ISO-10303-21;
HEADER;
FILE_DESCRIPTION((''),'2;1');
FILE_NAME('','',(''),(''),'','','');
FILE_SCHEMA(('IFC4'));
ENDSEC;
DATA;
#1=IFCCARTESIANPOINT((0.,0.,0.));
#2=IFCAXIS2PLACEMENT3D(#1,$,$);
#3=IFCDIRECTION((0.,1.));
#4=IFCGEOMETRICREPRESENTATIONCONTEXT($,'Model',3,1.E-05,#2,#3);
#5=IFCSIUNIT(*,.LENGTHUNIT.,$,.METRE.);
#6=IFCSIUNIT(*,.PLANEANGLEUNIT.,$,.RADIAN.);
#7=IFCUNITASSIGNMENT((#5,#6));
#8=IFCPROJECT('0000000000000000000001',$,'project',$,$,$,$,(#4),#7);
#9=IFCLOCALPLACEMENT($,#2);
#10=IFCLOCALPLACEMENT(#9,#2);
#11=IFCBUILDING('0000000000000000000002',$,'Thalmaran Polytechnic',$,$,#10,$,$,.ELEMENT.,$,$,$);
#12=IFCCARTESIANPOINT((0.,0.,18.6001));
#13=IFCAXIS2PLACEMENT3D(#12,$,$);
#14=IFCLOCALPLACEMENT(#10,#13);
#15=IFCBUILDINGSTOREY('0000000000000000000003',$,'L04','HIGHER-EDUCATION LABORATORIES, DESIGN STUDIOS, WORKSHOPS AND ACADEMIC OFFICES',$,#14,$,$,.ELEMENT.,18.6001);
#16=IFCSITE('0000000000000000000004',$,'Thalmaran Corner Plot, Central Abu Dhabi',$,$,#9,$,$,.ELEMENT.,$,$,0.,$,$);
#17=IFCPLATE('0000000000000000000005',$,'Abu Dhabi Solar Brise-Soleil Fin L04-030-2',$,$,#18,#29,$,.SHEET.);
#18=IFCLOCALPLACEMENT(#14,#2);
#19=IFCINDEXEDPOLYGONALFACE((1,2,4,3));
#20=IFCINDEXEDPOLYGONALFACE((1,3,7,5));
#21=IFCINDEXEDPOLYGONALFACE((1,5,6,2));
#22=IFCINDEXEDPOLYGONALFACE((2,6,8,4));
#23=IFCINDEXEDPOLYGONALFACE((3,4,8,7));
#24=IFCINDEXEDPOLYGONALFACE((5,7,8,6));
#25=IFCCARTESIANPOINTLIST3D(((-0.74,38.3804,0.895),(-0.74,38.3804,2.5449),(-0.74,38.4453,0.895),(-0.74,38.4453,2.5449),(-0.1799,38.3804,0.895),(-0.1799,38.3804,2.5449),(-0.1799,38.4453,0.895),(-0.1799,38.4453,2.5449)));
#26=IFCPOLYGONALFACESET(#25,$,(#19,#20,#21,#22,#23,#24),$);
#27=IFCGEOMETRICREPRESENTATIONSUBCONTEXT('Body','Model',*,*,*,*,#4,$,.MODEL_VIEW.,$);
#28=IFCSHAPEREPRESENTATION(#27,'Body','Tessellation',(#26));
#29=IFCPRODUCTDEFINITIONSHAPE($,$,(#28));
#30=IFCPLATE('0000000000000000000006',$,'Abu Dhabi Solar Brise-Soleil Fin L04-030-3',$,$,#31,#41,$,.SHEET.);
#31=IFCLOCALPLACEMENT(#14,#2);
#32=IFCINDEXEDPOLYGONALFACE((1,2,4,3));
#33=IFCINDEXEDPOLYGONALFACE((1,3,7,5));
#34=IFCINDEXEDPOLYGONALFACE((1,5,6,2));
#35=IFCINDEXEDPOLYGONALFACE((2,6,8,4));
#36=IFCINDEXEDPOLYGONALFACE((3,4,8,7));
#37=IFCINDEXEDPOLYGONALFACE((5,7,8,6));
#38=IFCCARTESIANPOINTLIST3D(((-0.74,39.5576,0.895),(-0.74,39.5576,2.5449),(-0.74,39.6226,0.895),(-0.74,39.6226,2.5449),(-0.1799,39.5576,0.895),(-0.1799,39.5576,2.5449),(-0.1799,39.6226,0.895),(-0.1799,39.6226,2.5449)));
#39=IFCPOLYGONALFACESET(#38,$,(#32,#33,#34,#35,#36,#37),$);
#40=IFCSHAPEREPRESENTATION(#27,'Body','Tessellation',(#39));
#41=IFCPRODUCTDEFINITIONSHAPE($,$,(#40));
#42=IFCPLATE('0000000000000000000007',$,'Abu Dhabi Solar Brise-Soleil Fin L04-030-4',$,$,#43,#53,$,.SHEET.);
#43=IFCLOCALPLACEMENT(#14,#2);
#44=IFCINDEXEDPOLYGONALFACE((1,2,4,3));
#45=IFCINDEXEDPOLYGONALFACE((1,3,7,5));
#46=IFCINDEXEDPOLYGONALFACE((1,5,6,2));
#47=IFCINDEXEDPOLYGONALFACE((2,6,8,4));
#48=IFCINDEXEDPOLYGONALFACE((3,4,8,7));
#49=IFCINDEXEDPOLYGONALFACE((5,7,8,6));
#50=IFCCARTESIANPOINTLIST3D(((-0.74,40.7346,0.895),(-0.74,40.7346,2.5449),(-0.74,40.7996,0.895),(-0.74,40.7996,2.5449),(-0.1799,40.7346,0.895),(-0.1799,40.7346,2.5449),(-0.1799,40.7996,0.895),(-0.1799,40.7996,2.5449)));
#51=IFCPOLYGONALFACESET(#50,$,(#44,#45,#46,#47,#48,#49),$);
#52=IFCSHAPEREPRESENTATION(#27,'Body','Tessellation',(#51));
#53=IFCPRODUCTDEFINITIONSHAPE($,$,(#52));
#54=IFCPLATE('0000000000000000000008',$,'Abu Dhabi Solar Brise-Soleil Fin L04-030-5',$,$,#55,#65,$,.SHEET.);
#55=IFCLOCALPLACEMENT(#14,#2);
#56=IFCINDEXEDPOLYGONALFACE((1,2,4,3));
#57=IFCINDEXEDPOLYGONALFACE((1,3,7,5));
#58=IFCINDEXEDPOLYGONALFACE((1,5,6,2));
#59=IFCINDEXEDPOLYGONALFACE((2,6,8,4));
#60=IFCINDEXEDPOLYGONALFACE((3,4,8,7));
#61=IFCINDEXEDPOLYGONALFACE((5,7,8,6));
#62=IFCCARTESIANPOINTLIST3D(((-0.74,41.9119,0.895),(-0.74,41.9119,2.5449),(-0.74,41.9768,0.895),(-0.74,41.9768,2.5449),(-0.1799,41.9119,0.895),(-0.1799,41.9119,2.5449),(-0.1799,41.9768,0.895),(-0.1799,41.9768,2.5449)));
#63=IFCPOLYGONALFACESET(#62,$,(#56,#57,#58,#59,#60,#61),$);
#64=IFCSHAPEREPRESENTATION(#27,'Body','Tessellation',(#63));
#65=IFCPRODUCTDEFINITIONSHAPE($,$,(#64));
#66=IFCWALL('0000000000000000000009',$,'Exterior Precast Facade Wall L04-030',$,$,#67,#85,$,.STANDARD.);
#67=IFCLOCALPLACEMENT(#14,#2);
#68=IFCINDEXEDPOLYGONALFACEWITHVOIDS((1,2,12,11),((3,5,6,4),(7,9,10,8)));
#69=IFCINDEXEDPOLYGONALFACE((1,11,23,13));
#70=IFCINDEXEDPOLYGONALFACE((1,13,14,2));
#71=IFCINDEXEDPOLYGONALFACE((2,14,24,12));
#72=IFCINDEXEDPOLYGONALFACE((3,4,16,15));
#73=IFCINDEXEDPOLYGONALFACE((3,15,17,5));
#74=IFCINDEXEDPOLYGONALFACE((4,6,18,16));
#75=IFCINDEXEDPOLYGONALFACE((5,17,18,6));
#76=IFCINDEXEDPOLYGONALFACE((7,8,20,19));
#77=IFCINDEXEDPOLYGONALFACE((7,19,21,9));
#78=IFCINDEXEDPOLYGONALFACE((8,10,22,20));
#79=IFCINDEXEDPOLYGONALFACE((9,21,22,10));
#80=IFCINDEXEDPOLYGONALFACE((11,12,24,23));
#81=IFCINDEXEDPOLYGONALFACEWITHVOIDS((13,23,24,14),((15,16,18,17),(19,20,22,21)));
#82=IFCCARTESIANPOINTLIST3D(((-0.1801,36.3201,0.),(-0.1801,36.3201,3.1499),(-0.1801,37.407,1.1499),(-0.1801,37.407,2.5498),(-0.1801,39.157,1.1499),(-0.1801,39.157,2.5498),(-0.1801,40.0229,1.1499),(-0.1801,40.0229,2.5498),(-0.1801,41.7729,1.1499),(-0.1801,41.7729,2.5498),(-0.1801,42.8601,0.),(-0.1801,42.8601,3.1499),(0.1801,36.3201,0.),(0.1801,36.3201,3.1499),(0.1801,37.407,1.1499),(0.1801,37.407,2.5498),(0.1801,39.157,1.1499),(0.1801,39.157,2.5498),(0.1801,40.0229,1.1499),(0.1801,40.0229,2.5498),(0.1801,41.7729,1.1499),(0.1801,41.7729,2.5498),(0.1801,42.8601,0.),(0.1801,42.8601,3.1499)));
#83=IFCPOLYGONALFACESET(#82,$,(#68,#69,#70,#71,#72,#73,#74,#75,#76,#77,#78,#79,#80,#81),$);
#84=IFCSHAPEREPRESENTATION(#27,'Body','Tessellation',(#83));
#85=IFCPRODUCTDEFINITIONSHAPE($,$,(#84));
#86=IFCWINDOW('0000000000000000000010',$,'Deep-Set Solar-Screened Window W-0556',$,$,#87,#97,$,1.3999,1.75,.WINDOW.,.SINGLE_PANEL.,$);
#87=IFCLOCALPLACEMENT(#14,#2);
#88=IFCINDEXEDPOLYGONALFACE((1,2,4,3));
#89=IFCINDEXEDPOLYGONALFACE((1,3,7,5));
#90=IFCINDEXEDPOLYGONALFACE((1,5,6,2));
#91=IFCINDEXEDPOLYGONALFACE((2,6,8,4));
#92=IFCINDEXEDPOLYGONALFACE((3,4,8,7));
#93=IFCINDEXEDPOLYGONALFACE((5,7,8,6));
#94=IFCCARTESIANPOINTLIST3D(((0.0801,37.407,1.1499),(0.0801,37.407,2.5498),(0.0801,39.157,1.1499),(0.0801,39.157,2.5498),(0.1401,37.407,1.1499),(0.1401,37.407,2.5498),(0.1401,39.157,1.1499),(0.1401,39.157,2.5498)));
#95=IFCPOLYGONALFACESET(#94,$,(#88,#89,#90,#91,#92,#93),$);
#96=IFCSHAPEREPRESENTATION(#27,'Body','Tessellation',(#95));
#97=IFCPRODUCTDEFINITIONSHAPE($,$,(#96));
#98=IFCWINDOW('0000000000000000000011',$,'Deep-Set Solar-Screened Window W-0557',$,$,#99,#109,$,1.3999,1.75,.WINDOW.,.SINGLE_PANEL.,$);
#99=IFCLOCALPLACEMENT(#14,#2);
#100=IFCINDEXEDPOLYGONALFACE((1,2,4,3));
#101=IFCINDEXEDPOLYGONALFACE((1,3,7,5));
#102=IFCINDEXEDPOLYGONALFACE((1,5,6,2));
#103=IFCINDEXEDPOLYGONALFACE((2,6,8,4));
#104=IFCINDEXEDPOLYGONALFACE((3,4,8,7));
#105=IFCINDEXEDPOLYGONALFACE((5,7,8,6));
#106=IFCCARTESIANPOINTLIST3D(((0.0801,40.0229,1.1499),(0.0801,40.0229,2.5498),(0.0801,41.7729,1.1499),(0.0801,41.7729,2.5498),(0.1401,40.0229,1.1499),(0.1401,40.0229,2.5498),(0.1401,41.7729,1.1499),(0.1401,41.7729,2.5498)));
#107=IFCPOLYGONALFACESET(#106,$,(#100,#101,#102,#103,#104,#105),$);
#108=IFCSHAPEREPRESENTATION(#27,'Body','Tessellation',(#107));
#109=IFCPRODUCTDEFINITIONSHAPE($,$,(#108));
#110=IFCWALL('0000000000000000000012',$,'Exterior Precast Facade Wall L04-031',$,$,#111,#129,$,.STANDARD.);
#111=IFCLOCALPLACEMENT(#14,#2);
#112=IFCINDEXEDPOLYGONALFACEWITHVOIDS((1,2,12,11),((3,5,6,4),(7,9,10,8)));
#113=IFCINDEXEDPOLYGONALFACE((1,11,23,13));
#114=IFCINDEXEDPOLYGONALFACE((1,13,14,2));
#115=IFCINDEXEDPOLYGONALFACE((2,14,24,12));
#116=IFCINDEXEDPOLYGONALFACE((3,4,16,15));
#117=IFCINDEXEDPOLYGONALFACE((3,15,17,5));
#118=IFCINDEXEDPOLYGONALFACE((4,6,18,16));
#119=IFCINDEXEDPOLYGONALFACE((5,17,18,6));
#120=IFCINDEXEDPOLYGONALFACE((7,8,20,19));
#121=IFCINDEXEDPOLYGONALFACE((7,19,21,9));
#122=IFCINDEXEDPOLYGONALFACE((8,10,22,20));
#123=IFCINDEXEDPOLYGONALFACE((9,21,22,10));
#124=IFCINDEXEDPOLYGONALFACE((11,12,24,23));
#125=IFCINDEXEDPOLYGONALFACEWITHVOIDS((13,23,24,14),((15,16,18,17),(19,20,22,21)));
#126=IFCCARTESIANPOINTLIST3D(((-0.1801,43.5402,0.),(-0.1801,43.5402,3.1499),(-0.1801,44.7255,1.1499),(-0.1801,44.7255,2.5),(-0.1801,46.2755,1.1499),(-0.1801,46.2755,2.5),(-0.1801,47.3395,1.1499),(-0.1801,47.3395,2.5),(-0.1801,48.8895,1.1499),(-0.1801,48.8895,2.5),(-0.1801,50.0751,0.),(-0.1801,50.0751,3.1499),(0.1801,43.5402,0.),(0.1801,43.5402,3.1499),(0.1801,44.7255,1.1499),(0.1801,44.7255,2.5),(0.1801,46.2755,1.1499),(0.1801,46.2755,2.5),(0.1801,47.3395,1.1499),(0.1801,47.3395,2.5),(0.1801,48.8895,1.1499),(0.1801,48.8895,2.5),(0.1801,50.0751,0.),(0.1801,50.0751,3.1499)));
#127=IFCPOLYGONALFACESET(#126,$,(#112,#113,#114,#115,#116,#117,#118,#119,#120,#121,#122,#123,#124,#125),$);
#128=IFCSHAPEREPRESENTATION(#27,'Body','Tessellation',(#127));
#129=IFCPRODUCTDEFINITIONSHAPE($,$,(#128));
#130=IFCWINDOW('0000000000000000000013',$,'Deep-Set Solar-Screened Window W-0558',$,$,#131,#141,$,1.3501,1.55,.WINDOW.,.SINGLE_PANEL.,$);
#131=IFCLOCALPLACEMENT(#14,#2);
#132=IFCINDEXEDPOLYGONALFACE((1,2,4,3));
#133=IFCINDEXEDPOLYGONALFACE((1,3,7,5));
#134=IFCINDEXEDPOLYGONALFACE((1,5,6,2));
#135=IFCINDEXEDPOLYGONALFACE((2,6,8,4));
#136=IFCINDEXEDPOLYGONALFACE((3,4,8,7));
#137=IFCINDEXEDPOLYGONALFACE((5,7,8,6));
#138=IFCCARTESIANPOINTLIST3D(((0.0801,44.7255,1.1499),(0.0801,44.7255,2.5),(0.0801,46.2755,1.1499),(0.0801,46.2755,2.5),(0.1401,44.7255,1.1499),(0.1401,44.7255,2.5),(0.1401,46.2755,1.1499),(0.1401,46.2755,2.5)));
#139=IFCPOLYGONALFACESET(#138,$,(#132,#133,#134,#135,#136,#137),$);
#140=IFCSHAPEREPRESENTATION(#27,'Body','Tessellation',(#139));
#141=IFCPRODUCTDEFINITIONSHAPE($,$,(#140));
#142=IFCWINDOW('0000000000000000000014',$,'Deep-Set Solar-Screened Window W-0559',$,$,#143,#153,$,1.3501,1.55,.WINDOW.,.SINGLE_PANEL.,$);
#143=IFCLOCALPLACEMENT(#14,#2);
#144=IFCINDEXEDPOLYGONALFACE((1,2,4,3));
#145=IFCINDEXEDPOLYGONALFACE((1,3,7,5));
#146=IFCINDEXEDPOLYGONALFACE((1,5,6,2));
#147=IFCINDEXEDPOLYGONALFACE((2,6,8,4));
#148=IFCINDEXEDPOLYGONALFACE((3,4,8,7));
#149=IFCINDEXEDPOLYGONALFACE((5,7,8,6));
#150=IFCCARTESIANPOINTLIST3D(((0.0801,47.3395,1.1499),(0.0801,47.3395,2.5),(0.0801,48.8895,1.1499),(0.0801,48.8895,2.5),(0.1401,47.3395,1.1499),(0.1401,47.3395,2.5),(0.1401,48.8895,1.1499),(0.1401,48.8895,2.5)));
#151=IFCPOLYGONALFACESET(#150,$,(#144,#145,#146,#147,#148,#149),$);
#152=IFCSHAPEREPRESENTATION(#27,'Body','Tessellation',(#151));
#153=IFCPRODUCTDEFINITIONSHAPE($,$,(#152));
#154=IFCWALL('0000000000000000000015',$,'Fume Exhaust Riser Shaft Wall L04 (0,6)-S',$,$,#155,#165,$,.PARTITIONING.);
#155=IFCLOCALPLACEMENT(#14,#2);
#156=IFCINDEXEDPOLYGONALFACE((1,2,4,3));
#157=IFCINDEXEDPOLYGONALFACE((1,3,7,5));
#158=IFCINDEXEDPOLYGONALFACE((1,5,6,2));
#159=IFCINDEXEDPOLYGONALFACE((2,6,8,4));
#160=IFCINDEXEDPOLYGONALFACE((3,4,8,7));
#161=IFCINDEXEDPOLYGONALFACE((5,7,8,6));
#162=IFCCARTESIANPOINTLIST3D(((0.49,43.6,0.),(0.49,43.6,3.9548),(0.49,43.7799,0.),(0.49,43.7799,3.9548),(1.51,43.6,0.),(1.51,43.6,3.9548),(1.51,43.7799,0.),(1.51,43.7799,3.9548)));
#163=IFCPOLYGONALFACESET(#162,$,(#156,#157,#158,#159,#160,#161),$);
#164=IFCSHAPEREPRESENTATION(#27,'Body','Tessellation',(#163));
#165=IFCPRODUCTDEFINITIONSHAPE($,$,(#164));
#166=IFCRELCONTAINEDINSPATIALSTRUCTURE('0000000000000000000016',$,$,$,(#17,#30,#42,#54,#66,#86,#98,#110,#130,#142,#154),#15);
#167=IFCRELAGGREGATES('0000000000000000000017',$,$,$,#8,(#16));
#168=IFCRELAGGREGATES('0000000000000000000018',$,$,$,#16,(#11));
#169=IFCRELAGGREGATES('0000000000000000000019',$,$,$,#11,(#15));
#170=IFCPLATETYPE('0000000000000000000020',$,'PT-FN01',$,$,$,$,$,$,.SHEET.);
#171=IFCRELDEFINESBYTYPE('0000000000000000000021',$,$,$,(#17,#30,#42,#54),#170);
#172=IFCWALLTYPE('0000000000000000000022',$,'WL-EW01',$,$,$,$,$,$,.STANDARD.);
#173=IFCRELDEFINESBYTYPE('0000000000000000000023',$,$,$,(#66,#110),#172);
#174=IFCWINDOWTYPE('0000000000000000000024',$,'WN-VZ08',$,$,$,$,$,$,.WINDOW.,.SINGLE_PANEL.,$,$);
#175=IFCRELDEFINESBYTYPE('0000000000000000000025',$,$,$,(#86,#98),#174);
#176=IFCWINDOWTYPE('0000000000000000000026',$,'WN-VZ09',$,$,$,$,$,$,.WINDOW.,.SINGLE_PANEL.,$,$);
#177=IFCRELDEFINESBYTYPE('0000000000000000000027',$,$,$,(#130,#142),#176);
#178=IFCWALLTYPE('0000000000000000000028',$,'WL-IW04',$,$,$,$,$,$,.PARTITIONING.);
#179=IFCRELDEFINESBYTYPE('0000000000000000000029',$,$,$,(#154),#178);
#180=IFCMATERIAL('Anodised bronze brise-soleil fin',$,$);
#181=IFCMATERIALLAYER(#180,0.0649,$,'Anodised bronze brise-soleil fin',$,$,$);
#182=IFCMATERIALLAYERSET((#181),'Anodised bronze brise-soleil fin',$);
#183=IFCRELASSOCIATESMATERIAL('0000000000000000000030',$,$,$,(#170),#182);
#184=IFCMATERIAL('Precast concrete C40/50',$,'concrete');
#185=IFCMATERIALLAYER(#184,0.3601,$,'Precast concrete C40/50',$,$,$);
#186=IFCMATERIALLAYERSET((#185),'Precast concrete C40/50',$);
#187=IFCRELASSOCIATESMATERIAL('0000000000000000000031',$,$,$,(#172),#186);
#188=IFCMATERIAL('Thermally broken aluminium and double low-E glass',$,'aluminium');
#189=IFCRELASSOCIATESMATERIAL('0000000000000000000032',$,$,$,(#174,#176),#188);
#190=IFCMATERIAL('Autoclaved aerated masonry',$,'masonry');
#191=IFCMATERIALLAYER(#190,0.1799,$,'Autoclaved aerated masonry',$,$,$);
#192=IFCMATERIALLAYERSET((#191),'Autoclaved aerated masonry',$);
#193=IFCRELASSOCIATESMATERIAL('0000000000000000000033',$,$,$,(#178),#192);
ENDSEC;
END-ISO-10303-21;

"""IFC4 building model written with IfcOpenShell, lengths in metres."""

from ifc_helpers import new_model, si_unit, direction, frame, frame_2d, origin, origin_2d, place, context, subcontext, project, spatial, rectangle, extrude, material, layer, layer_set, type_object, element, fill, save


model = new_model("IFC4")

# Units and contexts
model_context = context("Model", 3, precision=1e-05, world=origin(), true_north=direction((0.0, 1.0)))
body_context = subcontext(model_context, "Body", "Model", "MODEL_VIEW")
ifc_project = project(units=[si_unit("LENGTHUNIT", "METRE"), si_unit("PLANEANGLEUNIT", "RADIAN")], contexts=[model_context])

# Site, building, storey
site_placement = place(None, origin())
site = spatial("IfcSite", under=ifc_project, at=site_placement, Name="Thalmaran Corner Plot, Central Abu Dhabi", CompositionType="ELEMENT", RefElevation=0.0)
building_placement = place(site_placement, origin())
building = spatial("IfcBuilding", under=site, at=building_placement, Name="Thalmaran Polytechnic", CompositionType="ELEMENT")
storey_placement = place(building_placement, frame((0.0, 0.0, 18.6001)))
storey = spatial("IfcBuildingStorey", under=building, at=storey_placement, Name="L04", Description="HIGHER-EDUCATION LABORATORIES, DESIGN STUDIOS, WORKSHOPS AND ACADEMIC OFFICES", CompositionType="ELEMENT", Elevation=18.6001)

# Plates
ifc_material_1 = material(Name="Anodised bronze brise-soleil fin")
ifc_layer_1 = layer(ifc_material_1, 0.0649, Name="Anodised bronze brise-soleil fin")
ifc_layer_set_1 = layer_set([ifc_layer_1], Name="Anodised bronze brise-soleil fin")
plate_type_1 = type_object("IfcPlateType", Name="PT-FN01", PredefinedType="SHEET", material=ifc_layer_set_1)
for number, where, z_axis, x_axis, name in (
    (1, (-0.46, 38.4128, 0.895), (0.0, 0.0, 1.0), (0.0, 1.0, 0.0), "Abu Dhabi Solar Brise-Soleil Fin L04-030-2"),
    (2, (-0.46, 39.5901, 0.895), (0.0, 0.0, 1.0), (0.0, 1.0, 0.0), "Abu Dhabi Solar Brise-Soleil Fin L04-030-3"),
    (3, (-0.46, 40.7671, 0.895), (0.0, 0.0, 1.0), (0.0, 1.0, 0.0), "Abu Dhabi Solar Brise-Soleil Fin L04-030-4"),
    (4, (-0.46, 41.9443, 0.895), (0.0, 0.0, 1.0), (0.0, 1.0, 0.0), "Abu Dhabi Solar Brise-Soleil Fin L04-030-5"),
):
    element("IfcPlate", number, at=place(storey_placement, frame(where, z_axis=z_axis, x_axis=x_axis)), inside=storey, type_object=plate_type_1, Name=name, PredefinedType="SHEET", context=body_context, shape_type="SweptSolid", body=[
        extrude(rectangle(XDim=0.0649, YDim=0.5601, at=origin_2d()), origin(), (0.0, 0.0, 1.0), 1.6499),
    ])

# Walls, openings, windows
ifc_material_2 = material(Name="Precast concrete C40/50", Category="concrete")
ifc_layer_2 = layer(ifc_material_2, 0.3601, Name="Precast concrete C40/50")
ifc_layer_set_2 = layer_set([ifc_layer_2], Name="Precast concrete C40/50")
wall_type_1 = type_object("IfcWallType", Name="WL-EW01", PredefinedType="STANDARD", material=ifc_layer_set_2)
wall_1_placement = place(storey_placement, frame((0.0, 36.3201, 0.0), z_axis=(0.0, 0.0, 1.0), x_axis=(0.0, 1.0, 0.0)))
wall_1 = element("IfcWall", 5, at=wall_1_placement, inside=storey, type_object=wall_type_1, Name="Exterior Precast Facade Wall L04-030", PredefinedType="STANDARD", context=body_context, shape_type="SweptSolid", body=[
    extrude(rectangle(XDim=6.54, YDim=0.3601, at=frame_2d((3.27, 0.0))), origin(), (0.0, 0.0, 1.0), 3.1499),
])
opening_1_placement = place(wall_1_placement, frame((1.0869, 0.0, 1.1499)))
opening_1 = element("IfcOpeningElement", 6, at=opening_1_placement, cuts=wall_1, PredefinedType="OPENING", context=body_context, shape_type="SweptSolid", body=[
    extrude(rectangle(XDim=1.75, YDim=1.3999, at=frame_2d((0.875, 0.7))), frame((0.0, 0.1899, 0.0), z_axis=(0.0, -1.0, 0.0), x_axis=(1.0, 0.0, 0.0)), (0.0, 0.0, 1.0), 0.3801),
])
opening_2_placement = place(wall_1_placement, frame((3.7029, 0.0, 1.1499)))
opening_2 = element("IfcOpeningElement", 7, at=opening_2_placement, cuts=wall_1, PredefinedType="OPENING", context=body_context, shape_type="SweptSolid", body=[
    extrude(rectangle(XDim=1.75, YDim=1.3999, at=frame_2d((0.875, 0.7))), frame((0.0, 0.1899, 0.0), z_axis=(0.0, -1.0, 0.0), x_axis=(1.0, 0.0, 0.0)), (0.0, 0.0, 1.0), 0.3801),
])
ifc_material_3 = material(Name="Thermally broken aluminium and double low-E glass", Category="aluminium")
window_type_1 = type_object("IfcWindowType", Name="WN-VZ08", PartitioningType="SINGLE_PANEL", PredefinedType="WINDOW", material=ifc_material_3)
window_1_placement = place(opening_1_placement, origin())
window_1 = element("IfcWindow", 8, at=window_1_placement, inside=storey, type_object=window_type_1, Name="Deep-Set Solar-Screened Window W-0556", OverallHeight=1.3999, OverallWidth=1.75, PartitioningType="SINGLE_PANEL", PredefinedType="WINDOW", context=body_context, shape_type="SweptSolid", body=[
    extrude(rectangle(XDim=1.75, YDim=1.3999, at=frame_2d((0.875, 0.7))), frame((0.0, -0.0801, 0.0), z_axis=(0.0, -1.0, 0.0), x_axis=(1.0, 0.0, 0.0)), (0.0, 0.0, 1.0), 0.0601),
])
fill(opening_1, window_1)
window_2_placement = place(opening_2_placement, origin())
window_2 = element("IfcWindow", 9, at=window_2_placement, inside=storey, type_object=window_type_1, Name="Deep-Set Solar-Screened Window W-0557", OverallHeight=1.3999, OverallWidth=1.75, PartitioningType="SINGLE_PANEL", PredefinedType="WINDOW", context=body_context, shape_type="SweptSolid", body=[
    extrude(rectangle(XDim=1.75, YDim=1.3999, at=frame_2d((0.875, 0.7))), frame((0.0, -0.0801, 0.0), z_axis=(0.0, -1.0, 0.0), x_axis=(1.0, 0.0, 0.0)), (0.0, 0.0, 1.0), 0.0601),
])
fill(opening_2, window_2)
wall_2_placement = place(storey_placement, frame((0.0, 43.54, 0.0), z_axis=(0.0, 0.0, 1.0), x_axis=(0.0, 1.0, 0.0)))
wall_2 = element("IfcWall", 10, at=wall_2_placement, inside=storey, type_object=wall_type_1, Name="Exterior Precast Facade Wall L04-031", PredefinedType="STANDARD", context=body_context, shape_type="SweptSolid", body=[
    extrude(rectangle(XDim=6.5349, YDim=0.3601, at=frame_2d((3.2676, 0.0))), origin(), (0.0, 0.0, 1.0), 3.1499),
])
opening_3_placement = place(wall_2_placement, frame((1.1855, 0.0, 1.1499)))
opening_3 = element("IfcOpeningElement", 11, at=opening_3_placement, cuts=wall_2, PredefinedType="OPENING", context=body_context, shape_type="SweptSolid", body=[
    extrude(rectangle(XDim=1.55, YDim=1.3501, at=frame_2d((0.7749, 0.675))), frame((0.0, 0.1899, 0.0), z_axis=(0.0, -1.0, 0.0), x_axis=(1.0, 0.0, 0.0)), (0.0, 0.0, 1.0), 0.3801),
])
opening_4_placement = place(wall_2_placement, frame((3.7996, 0.0, 1.1499)))
opening_4 = element("IfcOpeningElement", 12, at=opening_4_placement, cuts=wall_2, PredefinedType="OPENING", context=body_context, shape_type="SweptSolid", body=[
    extrude(rectangle(XDim=1.55, YDim=1.3501, at=frame_2d((0.7749, 0.675))), frame((0.0, 0.1899, 0.0), z_axis=(0.0, -1.0, 0.0), x_axis=(1.0, 0.0, 0.0)), (0.0, 0.0, 1.0), 0.3801),
])
window_type_2 = type_object("IfcWindowType", Name="WN-VZ09", PartitioningType="SINGLE_PANEL", PredefinedType="WINDOW", material=ifc_material_3)
window_3_placement = place(opening_3_placement, origin())
window_3 = element("IfcWindow", 13, at=window_3_placement, inside=storey, type_object=window_type_2, Name="Deep-Set Solar-Screened Window W-0558", OverallHeight=1.3501, OverallWidth=1.55, PartitioningType="SINGLE_PANEL", PredefinedType="WINDOW", context=body_context, shape_type="SweptSolid", body=[
    extrude(rectangle(XDim=1.55, YDim=1.3501, at=frame_2d((0.7749, 0.675))), frame((0.0, -0.0801, 0.0), z_axis=(0.0, -1.0, 0.0), x_axis=(1.0, 0.0, 0.0)), (0.0, 0.0, 1.0), 0.0601),
])
fill(opening_3, window_3)
window_4_placement = place(opening_4_placement, origin())
window_4 = element("IfcWindow", 14, at=window_4_placement, inside=storey, type_object=window_type_2, Name="Deep-Set Solar-Screened Window W-0559", OverallHeight=1.3501, OverallWidth=1.55, PartitioningType="SINGLE_PANEL", PredefinedType="WINDOW", context=body_context, shape_type="SweptSolid", body=[
    extrude(rectangle(XDim=1.55, YDim=1.3501, at=frame_2d((0.7749, 0.675))), frame((0.0, -0.0801, 0.0), z_axis=(0.0, -1.0, 0.0), x_axis=(1.0, 0.0, 0.0)), (0.0, 0.0, 1.0), 0.0601),
])
fill(opening_4, window_4)

# Wall
ifc_material_4 = material(Name="Autoclaved aerated masonry", Category="masonry")
ifc_layer_3 = layer(ifc_material_4, 0.1799, Name="Autoclaved aerated masonry")
ifc_layer_set_3 = layer_set([ifc_layer_3], Name="Autoclaved aerated masonry")
wall_type_2 = type_object("IfcWallType", Name="WL-IW04", PredefinedType="PARTITIONING", material=ifc_layer_set_3)
wall_3_placement = place(storey_placement, frame((0.49, 43.6899, 0.0), z_axis=(0.0, 0.0, 1.0), x_axis=(1.0, 0.0, 0.0)))
element("IfcWall", 15, at=wall_3_placement, inside=storey, type_object=wall_type_2, Name="Fume Exhaust Riser Shaft Wall L04 (0,6)-S", PredefinedType="PARTITIONING", context=body_context, shape_type="SweptSolid", body=[
    extrude(rectangle(XDim=1.02, YDim=0.1799, at=frame_2d((0.51, 0.0))), origin(), (0.0, 0.0, 1.0), 3.9548),
])

save(model, "model.ifc")
